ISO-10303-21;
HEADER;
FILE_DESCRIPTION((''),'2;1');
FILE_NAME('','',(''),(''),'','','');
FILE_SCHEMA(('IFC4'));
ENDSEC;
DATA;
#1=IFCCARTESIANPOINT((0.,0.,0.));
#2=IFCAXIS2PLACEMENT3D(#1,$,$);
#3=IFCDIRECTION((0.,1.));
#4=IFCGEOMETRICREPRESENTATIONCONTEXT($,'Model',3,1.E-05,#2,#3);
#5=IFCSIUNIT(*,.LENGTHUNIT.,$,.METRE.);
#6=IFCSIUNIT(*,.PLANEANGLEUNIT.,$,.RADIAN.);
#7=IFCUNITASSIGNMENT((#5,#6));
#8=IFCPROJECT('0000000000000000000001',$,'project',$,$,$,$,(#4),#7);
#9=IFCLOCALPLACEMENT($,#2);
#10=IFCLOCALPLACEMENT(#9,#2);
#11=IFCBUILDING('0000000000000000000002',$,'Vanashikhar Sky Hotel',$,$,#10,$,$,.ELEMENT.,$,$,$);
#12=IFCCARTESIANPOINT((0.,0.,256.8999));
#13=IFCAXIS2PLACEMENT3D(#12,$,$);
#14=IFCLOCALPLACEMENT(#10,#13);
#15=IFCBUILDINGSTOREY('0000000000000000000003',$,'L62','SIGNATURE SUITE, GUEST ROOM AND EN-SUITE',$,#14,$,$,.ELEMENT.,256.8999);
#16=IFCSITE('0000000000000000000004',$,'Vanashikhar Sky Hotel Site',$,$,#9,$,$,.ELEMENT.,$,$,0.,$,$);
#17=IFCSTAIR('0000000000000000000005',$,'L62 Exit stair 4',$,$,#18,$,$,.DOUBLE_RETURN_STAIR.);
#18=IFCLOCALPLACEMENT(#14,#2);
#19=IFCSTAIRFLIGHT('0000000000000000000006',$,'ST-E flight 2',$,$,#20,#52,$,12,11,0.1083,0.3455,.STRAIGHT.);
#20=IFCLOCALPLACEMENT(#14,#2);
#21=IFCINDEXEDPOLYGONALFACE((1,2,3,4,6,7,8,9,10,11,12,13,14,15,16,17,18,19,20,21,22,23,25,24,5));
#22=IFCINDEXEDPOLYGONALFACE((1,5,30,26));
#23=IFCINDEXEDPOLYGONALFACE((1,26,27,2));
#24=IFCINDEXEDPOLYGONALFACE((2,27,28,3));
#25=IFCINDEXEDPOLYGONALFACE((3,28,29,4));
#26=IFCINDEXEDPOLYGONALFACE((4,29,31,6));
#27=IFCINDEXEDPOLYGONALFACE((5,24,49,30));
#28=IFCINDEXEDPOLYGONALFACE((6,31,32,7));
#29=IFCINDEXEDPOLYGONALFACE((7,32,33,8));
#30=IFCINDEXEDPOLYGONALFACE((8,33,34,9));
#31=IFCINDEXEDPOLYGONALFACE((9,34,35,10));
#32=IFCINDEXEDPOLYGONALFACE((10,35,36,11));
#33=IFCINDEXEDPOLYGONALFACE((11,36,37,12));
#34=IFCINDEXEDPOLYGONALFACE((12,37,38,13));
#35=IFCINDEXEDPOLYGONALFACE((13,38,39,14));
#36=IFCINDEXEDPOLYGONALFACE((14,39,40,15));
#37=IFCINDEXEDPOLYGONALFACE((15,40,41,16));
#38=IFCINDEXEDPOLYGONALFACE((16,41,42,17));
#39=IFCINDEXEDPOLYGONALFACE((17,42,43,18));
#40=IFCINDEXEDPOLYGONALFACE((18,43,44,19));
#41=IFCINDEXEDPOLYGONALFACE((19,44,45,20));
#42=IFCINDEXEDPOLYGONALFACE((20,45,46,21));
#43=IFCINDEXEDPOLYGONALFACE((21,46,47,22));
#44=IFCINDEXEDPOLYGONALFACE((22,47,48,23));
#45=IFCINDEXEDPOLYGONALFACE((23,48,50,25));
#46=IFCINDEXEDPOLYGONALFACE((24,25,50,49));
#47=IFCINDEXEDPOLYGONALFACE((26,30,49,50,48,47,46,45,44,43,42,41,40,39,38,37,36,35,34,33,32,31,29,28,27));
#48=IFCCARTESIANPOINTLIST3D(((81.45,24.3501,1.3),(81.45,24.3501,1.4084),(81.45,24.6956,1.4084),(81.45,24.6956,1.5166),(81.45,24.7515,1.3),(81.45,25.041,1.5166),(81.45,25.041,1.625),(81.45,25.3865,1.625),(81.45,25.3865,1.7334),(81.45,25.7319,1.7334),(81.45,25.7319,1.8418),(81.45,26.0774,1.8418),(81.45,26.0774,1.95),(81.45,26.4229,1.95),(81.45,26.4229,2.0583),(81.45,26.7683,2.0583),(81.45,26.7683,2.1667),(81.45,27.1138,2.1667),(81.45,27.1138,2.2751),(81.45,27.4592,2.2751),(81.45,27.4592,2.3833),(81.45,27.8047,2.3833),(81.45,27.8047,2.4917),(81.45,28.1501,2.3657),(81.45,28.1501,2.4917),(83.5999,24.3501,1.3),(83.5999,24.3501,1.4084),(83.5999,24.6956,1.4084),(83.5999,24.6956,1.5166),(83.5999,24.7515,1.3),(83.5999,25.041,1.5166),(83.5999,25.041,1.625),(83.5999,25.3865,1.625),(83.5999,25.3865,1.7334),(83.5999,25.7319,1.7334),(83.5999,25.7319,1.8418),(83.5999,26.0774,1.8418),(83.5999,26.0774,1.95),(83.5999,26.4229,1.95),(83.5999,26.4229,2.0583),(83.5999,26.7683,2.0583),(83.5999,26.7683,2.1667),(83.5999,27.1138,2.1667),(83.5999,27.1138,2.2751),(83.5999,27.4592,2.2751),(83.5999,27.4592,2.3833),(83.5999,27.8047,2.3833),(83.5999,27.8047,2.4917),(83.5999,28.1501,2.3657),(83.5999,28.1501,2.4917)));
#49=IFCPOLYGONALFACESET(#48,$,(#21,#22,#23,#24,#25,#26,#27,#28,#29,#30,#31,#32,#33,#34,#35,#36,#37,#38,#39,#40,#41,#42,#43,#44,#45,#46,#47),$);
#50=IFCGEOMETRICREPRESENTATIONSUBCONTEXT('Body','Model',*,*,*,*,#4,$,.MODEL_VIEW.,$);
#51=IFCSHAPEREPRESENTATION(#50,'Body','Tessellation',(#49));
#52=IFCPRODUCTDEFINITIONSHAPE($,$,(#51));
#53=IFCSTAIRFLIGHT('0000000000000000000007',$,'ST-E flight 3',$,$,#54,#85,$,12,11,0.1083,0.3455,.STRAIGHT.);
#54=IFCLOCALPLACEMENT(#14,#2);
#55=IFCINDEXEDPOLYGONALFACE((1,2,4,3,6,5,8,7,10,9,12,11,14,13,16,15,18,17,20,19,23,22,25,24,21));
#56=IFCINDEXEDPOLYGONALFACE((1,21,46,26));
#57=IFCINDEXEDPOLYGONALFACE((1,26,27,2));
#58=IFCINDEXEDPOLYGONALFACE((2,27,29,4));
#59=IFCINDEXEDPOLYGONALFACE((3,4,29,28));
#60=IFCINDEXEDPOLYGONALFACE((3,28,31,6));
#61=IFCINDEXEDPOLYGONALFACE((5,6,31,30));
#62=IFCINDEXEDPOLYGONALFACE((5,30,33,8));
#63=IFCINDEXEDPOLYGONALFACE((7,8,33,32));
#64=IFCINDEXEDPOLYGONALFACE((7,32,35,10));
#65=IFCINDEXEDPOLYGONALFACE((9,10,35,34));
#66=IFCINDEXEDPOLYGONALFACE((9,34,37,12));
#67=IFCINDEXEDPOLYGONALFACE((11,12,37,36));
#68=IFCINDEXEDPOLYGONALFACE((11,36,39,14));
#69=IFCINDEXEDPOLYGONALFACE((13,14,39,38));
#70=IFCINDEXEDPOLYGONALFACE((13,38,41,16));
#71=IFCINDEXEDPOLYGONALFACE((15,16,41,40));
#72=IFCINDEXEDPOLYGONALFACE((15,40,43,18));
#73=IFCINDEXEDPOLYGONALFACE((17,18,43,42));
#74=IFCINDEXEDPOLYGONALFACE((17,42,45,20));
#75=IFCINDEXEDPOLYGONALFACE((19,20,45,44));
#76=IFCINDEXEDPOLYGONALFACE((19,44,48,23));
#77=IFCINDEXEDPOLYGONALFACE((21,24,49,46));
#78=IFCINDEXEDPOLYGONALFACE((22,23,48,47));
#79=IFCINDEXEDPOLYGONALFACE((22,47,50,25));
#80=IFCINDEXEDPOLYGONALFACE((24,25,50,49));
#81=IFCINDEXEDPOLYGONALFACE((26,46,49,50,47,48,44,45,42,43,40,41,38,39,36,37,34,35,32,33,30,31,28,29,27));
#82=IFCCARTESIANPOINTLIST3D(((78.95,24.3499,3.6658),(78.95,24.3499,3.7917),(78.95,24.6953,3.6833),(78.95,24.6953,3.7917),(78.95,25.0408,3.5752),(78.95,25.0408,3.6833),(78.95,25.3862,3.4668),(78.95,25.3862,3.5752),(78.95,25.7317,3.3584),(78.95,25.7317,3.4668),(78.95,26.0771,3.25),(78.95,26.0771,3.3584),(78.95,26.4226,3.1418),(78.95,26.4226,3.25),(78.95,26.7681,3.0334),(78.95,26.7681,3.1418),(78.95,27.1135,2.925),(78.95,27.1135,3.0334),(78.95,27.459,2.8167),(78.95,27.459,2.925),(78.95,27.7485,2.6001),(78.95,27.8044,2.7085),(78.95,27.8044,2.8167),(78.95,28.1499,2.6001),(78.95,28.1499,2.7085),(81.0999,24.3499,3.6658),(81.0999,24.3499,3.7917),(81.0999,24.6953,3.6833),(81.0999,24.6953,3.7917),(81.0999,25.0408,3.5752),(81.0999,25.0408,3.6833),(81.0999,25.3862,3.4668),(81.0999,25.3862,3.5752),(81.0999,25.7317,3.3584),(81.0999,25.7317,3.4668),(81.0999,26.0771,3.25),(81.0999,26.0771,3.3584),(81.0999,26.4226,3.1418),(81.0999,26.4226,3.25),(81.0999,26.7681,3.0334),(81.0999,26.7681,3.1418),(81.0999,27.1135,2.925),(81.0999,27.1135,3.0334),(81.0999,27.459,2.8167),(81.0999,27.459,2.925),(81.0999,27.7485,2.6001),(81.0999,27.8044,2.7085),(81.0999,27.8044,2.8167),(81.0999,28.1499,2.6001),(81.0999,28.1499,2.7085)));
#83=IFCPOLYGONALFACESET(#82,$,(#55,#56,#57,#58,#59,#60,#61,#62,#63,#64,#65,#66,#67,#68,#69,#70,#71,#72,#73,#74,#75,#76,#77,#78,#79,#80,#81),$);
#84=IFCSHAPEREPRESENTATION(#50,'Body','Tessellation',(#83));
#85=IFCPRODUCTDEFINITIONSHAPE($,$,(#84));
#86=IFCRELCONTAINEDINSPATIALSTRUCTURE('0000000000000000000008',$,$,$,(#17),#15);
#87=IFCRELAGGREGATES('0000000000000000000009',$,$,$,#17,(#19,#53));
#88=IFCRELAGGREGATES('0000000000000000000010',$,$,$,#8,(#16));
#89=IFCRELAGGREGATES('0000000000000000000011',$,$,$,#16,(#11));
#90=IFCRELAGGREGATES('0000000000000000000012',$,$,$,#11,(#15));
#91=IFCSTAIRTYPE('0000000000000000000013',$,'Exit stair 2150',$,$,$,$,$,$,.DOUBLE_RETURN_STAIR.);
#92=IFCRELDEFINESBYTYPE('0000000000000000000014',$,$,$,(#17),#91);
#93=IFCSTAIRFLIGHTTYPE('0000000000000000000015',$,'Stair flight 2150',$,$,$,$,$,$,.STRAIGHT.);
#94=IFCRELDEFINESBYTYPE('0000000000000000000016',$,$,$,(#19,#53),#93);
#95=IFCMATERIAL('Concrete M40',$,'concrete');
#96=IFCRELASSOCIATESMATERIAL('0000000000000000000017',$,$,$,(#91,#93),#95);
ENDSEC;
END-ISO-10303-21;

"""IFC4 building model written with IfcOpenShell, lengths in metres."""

from ifc_helpers import new_model, si_unit, direction, frame, origin, place, context, subcontext, project, spatial, polyline, outline, extrude, source, transform, mapped, material, type_object, element, aggregate, save


model = new_model("IFC4")

# Units and contexts
model_context = context("Model", 3, precision=1e-05, world=origin(), true_north=direction((0.0, 1.0)))
body_context = subcontext(model_context, "Body", "Model", "MODEL_VIEW")
ifc_project = project(units=[si_unit("LENGTHUNIT", "METRE"), si_unit("PLANEANGLEUNIT", "RADIAN")], contexts=[model_context])

# Site, building, storey
site_placement = place(None, origin())
site = spatial("IfcSite", under=ifc_project, at=site_placement, Name="Vanashikhar Sky Hotel Site", CompositionType="ELEMENT", RefElevation=0.0)
building_placement = place(site_placement, origin())
building = spatial("IfcBuilding", under=site, at=building_placement, Name="Vanashikhar Sky Hotel", CompositionType="ELEMENT")
storey_placement = place(building_placement, frame((0.0, 0.0, 256.8999)))
storey = spatial("IfcBuildingStorey", under=building, at=storey_placement, Name="L62", Description="SIGNATURE SUITE, GUEST ROOM AND EN-SUITE", CompositionType="ELEMENT", Elevation=256.8999)

# Shared definitions
ifc_material_1 = material(Name="Concrete M40", Category="concrete")
stair_type = type_object("IfcStairType", Name="Exit stair 2150", PredefinedType="DOUBLE_RETURN_STAIR", material=ifc_material_1)
stair_flight_type = type_object("IfcStairFlightType", Name="Stair flight 2150", PredefinedType="STRAIGHT", material=ifc_material_1)
shared_shape_1 = source(origin(), body_context, "Body", "SweptSolid", [
    extrude(outline(polyline([(0.0, 0.0), (0.0, 0.1084), (0.3455, 0.1084), (0.3455, 0.2166), (0.6909, 0.2166), (0.6909, 0.325), (1.0364, 0.325), (1.0364, 0.4333), (1.3818, 0.4333), (1.3818, 0.5417), (1.7273, 0.5417), (1.7273, 0.6499), (2.0728, 0.6499), (2.0728, 0.7583), (2.4182, 0.7583), (2.4182, 0.8667), (2.7637, 0.8667), (2.7637, 0.9751), (3.1091, 0.9751), (3.1091, 1.0833), (3.4546, 1.0833), (3.4546, 1.1917), (3.8, 1.1917), (3.8, 1.3), (3.8, 1.0657), (0.4014, 0.0), (0.0, 0.0)])), frame((0.0, 1.075, 0.0), z_axis=(0.0, -1.0, 0.0), x_axis=(1.0, 0.0, 0.0)), (0.0, 0.0, 1.0), 2.1499),
])

# Stair, stair flights
stair_1_placement = place(storey_placement, origin())
stair_1 = element("IfcStair", 1, at=stair_1_placement, inside=storey, type_object=stair_type, Name="L62 Exit stair 4", PredefinedType="DOUBLE_RETURN_STAIR")
stair_flight_1_placement = place(storey_placement, frame((82.5249, 24.3501, 1.3), z_axis=(0.0, 0.0, 1.0), x_axis=(0.0, 1.0, 0.0)))
stair_flight_1 = element("IfcStairFlight", 2, at=stair_flight_1_placement, type_object=stair_flight_type, Name="ST-E flight 2", NumberOfRisers=12, NumberOfTreads=11, PredefinedType="STRAIGHT", RiserHeight=0.1083, TreadLength=0.3455, context=body_context, shape_type="MappedRepresentation", body=[
    mapped(shared_shape_1, transform((0.0, 0.0, 0.0), scale=1.0)),
])
stair_flight_2_placement = place(storey_placement, frame((80.0249, 28.1499, 2.6001), z_axis=(0.0, 0.0, 1.0), x_axis=(0.0, -1.0, 0.0)))
stair_flight_2 = element("IfcStairFlight", 3, at=stair_flight_2_placement, type_object=stair_flight_type, Name="ST-E flight 3", NumberOfRisers=12, NumberOfTreads=11, PredefinedType="STRAIGHT", RiserHeight=0.1083, TreadLength=0.3455, context=body_context, shape_type="MappedRepresentation", body=[
    mapped(shared_shape_1, transform((0.0, 0.0, 0.0), scale=1.0)),
])
aggregate(stair_1, [stair_flight_1, stair_flight_2])

save(model, "model.ifc")
